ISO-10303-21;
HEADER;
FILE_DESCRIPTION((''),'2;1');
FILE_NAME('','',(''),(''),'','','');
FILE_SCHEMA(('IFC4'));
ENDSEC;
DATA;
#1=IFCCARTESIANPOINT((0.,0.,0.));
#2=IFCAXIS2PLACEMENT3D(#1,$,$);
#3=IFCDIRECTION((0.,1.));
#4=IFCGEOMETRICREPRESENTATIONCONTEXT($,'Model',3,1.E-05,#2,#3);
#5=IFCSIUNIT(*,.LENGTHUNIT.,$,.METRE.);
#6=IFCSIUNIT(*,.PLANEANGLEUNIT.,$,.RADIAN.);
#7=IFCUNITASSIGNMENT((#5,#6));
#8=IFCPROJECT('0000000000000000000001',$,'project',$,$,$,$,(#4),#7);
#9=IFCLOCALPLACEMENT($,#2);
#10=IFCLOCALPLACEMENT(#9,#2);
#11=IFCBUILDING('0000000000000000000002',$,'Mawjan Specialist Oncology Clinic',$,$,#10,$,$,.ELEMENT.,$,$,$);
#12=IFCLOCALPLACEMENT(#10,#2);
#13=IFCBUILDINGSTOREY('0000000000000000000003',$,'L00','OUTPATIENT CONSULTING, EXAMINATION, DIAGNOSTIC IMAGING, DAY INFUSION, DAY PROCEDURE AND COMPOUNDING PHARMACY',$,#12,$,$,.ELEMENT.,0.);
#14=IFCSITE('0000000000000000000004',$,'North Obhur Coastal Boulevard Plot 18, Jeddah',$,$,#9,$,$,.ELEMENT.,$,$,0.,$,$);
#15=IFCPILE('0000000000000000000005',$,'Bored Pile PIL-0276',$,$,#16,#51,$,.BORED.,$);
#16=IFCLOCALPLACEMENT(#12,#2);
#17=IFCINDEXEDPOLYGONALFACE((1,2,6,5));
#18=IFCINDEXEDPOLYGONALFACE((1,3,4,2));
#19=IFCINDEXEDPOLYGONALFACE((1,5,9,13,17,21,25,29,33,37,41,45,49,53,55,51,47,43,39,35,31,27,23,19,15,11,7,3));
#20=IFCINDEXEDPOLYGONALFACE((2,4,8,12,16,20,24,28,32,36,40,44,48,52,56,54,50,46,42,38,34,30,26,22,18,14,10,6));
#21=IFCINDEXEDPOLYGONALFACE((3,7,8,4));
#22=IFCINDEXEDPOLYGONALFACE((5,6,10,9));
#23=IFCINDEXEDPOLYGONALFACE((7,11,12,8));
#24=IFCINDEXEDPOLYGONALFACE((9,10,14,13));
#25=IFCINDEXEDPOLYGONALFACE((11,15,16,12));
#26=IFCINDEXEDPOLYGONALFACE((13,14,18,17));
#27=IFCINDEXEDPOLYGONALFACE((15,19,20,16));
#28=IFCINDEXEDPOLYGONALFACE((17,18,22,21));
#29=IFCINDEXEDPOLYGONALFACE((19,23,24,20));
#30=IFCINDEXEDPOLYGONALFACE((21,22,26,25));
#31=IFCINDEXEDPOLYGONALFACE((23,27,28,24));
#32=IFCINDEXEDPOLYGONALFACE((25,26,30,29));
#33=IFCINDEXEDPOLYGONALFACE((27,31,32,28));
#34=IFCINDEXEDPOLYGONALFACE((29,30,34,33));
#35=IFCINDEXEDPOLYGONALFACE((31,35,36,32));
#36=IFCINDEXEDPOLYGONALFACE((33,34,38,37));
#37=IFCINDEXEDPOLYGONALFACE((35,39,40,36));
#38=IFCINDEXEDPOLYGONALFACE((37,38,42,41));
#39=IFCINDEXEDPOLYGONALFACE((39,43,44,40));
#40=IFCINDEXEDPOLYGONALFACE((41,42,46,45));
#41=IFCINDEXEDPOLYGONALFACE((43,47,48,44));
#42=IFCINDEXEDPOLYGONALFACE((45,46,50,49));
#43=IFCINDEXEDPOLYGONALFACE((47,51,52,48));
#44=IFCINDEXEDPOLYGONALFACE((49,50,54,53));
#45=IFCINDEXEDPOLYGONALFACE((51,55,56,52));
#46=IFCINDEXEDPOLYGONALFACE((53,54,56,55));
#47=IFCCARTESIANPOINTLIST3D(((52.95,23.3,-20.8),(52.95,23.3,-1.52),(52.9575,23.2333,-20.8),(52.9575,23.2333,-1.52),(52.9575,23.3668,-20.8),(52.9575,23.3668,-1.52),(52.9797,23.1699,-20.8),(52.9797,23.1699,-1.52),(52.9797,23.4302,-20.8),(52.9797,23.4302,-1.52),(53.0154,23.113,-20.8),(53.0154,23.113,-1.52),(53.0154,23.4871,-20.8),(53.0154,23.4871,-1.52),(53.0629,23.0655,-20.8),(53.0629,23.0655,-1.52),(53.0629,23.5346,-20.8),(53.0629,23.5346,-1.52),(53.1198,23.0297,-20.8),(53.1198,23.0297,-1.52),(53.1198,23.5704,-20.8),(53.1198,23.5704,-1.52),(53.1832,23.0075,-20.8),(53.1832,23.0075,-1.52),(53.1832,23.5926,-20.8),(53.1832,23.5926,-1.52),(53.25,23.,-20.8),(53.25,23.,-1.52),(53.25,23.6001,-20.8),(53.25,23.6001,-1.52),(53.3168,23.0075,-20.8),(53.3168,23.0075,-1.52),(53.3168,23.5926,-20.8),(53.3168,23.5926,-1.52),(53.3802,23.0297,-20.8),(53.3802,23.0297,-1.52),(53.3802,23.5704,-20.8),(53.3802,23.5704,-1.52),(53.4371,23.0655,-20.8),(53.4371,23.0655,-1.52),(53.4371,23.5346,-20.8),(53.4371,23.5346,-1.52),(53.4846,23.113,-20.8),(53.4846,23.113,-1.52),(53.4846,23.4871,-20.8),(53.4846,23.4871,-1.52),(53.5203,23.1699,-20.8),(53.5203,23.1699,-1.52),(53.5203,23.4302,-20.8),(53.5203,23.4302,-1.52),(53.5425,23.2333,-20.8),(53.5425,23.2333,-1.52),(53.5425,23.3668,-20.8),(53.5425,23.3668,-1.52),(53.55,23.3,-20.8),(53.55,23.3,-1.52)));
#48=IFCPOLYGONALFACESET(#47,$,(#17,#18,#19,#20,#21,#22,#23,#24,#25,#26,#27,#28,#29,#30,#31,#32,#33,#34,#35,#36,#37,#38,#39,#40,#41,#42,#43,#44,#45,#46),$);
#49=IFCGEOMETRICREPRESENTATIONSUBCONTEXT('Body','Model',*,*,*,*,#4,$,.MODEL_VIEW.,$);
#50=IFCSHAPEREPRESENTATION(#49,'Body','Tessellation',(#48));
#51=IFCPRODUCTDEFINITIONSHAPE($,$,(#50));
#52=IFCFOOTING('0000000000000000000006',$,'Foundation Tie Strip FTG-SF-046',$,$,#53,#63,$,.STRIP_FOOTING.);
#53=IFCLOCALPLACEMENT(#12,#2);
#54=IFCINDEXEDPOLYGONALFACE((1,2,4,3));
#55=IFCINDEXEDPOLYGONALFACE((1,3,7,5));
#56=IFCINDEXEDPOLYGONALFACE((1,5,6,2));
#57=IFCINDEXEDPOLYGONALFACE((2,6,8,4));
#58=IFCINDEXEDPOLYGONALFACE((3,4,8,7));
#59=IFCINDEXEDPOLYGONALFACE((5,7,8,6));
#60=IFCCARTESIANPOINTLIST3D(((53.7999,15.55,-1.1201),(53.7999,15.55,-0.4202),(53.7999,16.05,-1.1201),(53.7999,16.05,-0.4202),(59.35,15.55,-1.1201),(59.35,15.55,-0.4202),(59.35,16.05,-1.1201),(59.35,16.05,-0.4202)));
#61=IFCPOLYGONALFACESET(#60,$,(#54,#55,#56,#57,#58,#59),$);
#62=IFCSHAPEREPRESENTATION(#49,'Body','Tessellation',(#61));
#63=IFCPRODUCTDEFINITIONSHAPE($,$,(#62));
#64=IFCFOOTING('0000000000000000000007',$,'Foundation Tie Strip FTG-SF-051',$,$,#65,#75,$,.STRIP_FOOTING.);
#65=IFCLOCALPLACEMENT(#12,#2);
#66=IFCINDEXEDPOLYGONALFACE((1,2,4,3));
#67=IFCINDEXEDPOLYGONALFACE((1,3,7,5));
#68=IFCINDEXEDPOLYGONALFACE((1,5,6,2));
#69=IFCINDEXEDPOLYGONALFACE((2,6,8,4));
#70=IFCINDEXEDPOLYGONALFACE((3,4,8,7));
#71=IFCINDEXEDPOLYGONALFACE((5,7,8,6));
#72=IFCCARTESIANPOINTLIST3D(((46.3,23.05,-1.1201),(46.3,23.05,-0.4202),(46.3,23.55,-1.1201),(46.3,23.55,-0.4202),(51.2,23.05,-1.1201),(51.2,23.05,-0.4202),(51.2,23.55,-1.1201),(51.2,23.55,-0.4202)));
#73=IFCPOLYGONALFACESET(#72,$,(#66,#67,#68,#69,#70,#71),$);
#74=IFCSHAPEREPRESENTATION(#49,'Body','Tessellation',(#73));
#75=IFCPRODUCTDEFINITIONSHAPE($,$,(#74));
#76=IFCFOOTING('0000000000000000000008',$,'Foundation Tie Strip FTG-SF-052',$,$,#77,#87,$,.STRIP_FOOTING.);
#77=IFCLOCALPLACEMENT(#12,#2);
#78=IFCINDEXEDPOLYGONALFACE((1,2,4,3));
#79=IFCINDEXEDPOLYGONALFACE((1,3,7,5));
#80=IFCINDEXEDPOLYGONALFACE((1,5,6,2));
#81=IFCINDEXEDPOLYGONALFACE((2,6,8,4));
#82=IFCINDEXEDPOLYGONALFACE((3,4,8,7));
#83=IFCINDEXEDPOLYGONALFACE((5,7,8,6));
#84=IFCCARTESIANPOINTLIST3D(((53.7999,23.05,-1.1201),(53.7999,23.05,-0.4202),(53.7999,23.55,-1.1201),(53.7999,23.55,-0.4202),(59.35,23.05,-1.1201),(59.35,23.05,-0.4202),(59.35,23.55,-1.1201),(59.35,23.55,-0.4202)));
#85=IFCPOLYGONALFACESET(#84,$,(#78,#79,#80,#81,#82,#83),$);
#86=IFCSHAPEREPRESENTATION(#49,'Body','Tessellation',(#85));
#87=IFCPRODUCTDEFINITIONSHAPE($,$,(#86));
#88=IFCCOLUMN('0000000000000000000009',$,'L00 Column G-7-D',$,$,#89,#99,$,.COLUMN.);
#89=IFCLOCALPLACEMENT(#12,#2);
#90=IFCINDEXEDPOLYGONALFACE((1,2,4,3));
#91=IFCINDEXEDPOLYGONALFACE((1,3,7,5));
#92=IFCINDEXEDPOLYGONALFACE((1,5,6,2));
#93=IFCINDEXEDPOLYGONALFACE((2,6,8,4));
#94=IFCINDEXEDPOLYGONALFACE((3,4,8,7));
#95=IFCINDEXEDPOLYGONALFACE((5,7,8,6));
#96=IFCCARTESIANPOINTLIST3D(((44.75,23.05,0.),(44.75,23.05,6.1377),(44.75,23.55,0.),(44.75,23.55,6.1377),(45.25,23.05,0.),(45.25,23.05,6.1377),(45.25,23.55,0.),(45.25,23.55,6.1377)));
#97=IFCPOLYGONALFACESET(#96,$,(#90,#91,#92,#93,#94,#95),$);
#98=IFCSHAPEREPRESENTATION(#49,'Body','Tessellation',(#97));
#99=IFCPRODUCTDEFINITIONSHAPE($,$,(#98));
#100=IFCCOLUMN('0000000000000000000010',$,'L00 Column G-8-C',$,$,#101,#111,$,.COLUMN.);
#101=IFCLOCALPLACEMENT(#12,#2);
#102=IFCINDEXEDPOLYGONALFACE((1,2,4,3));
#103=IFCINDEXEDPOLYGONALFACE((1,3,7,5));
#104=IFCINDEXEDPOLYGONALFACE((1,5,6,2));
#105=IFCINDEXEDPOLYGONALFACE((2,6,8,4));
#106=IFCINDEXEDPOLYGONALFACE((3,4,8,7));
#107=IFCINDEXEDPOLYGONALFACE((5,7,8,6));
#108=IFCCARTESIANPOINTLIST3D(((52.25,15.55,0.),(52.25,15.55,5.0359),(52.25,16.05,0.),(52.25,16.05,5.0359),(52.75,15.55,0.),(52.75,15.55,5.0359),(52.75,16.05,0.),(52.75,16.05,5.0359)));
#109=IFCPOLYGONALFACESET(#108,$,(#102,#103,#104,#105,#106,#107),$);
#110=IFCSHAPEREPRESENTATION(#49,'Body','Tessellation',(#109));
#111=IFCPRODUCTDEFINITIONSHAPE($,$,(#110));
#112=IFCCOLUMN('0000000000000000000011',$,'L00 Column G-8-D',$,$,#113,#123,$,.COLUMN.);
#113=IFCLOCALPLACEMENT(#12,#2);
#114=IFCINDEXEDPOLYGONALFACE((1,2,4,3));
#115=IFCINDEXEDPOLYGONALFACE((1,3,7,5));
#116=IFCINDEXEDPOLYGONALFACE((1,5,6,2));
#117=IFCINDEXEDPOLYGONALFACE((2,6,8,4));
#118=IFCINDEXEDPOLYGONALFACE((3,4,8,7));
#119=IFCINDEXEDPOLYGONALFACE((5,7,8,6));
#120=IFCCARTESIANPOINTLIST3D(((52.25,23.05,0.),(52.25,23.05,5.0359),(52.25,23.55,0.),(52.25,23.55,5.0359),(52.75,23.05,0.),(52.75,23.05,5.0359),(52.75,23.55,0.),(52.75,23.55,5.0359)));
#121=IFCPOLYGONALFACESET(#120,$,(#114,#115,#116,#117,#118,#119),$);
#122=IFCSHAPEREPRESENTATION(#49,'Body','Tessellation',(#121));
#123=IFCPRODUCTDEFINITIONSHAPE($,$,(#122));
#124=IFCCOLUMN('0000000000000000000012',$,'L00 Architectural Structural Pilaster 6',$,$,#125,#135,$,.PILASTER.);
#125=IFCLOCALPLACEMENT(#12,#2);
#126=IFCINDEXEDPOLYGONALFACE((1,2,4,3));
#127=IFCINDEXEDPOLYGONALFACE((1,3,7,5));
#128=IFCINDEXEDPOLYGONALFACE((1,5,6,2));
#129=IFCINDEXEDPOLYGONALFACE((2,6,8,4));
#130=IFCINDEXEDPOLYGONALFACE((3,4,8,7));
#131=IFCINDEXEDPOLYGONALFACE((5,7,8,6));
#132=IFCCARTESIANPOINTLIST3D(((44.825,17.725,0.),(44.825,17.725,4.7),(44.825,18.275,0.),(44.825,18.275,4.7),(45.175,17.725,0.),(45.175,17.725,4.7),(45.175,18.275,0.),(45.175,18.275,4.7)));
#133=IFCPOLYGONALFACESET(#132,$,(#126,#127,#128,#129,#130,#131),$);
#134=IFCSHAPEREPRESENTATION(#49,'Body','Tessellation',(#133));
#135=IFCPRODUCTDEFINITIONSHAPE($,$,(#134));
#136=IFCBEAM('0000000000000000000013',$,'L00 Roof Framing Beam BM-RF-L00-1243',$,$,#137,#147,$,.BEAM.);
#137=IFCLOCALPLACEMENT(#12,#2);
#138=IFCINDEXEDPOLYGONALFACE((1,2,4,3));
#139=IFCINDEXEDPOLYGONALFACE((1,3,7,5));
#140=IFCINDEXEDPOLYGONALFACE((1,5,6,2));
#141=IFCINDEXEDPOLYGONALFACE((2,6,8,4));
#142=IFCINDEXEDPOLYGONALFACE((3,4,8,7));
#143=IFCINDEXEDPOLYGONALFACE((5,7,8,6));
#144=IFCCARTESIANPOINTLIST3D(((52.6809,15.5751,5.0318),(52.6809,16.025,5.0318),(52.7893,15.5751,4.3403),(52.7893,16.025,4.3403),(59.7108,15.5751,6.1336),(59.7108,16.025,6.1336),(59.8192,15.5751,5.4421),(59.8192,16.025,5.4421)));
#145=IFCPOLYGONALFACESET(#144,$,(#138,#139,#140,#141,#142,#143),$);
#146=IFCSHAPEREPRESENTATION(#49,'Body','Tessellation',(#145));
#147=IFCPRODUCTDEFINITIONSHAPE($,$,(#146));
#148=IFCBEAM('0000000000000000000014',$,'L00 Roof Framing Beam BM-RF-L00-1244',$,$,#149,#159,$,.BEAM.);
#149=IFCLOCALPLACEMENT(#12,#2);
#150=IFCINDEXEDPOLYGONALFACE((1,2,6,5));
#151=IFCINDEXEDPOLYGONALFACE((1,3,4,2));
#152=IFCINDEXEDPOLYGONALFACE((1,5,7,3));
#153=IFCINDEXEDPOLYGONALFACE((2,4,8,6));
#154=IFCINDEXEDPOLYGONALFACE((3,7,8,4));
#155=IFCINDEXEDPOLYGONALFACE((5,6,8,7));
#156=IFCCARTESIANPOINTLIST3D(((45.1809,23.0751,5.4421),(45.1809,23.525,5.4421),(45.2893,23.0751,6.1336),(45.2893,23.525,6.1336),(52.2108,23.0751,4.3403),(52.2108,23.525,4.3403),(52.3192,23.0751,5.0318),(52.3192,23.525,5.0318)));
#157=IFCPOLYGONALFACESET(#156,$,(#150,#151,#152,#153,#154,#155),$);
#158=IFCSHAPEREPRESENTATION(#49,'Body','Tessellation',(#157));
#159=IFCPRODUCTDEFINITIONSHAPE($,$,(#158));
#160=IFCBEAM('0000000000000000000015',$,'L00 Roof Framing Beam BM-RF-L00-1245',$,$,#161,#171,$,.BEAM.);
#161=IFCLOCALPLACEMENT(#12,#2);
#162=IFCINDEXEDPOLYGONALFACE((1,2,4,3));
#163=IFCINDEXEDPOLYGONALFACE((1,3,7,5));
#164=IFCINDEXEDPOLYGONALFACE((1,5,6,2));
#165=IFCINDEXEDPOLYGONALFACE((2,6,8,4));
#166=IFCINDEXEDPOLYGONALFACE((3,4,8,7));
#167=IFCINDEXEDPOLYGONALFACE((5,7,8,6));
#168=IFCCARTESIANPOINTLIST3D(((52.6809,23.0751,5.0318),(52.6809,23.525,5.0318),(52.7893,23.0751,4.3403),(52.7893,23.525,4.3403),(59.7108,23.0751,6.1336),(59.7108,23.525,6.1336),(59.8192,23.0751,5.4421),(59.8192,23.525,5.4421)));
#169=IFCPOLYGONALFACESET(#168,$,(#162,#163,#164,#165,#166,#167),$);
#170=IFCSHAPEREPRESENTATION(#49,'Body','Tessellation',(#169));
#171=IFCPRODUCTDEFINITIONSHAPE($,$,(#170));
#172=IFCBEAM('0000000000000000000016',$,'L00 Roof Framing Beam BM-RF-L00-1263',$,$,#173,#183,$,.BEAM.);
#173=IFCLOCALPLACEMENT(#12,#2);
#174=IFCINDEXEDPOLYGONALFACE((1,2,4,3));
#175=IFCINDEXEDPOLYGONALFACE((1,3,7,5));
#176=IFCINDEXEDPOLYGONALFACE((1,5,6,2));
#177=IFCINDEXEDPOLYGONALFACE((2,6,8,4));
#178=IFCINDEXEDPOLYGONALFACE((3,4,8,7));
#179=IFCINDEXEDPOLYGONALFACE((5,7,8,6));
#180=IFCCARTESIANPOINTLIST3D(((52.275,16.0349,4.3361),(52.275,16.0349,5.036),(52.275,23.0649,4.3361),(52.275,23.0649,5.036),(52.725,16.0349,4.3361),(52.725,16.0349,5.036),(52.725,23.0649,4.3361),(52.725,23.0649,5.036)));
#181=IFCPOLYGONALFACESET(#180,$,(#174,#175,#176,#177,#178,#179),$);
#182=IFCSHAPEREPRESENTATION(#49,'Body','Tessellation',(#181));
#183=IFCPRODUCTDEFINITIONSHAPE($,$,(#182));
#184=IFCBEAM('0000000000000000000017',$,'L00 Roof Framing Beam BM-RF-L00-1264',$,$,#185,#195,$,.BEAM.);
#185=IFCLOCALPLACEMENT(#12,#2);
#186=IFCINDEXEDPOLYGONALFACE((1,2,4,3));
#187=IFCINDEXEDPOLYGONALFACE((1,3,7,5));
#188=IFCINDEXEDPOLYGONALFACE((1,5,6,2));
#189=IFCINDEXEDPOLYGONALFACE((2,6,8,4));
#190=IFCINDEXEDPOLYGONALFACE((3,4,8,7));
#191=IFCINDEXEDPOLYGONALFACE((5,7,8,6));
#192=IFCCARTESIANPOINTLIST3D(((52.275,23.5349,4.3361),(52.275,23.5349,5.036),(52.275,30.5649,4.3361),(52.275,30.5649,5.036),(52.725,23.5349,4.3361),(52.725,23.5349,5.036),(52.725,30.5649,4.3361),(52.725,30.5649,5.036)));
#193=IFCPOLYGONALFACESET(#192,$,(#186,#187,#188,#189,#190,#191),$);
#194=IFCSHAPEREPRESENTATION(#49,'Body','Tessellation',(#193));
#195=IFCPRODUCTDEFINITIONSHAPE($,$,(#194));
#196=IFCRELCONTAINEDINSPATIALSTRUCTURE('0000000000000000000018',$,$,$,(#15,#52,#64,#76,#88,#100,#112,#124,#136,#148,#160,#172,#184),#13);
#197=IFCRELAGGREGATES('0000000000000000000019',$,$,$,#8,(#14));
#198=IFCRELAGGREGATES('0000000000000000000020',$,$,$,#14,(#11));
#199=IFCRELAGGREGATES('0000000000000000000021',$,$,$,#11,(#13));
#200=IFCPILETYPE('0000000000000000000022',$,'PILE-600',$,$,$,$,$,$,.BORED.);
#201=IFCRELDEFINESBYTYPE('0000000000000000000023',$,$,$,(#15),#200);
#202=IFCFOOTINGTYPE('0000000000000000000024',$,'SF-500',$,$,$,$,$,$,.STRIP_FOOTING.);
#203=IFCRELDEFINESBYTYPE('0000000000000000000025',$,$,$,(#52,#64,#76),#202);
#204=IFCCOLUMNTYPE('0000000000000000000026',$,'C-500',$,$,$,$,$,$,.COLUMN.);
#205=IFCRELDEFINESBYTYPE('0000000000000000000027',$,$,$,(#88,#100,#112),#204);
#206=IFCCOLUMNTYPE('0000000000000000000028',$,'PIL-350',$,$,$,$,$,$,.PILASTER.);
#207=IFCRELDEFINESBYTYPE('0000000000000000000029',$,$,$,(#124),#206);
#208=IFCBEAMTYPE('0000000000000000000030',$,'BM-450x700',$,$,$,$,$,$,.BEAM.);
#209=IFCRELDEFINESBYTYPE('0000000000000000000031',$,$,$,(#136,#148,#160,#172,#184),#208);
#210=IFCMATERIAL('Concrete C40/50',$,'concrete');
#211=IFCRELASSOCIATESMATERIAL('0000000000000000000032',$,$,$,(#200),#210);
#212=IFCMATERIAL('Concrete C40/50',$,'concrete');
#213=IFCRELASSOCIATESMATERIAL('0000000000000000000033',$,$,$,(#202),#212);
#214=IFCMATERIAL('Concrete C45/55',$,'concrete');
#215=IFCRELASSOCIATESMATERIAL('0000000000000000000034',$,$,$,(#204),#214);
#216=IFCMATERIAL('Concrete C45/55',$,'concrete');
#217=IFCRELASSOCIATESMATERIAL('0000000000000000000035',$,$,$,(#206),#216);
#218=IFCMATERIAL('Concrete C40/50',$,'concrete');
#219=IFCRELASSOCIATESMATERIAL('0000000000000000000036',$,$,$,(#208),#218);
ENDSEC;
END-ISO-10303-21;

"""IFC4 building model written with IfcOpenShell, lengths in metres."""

from ifc_helpers import new_model, si_unit, direction, frame, origin, origin_2d, place, context, subcontext, project, spatial, rectangle, circle, extrude, material, material_profile, profile_set, type_object, element, save


model = new_model("IFC4")

# Units and contexts
model_context = context("Model", 3, precision=1e-05, world=origin(), true_north=direction((0.0, 1.0)))
body_context = subcontext(model_context, "Body", "Model", "MODEL_VIEW")
ifc_project = project(units=[si_unit("LENGTHUNIT", "METRE"), si_unit("PLANEANGLEUNIT", "RADIAN")], contexts=[model_context])

# Site, building, storey
site_placement = place(None, origin())
site = spatial("IfcSite", under=ifc_project, at=site_placement, Name="North Obhur Coastal Boulevard Plot 18, Jeddah", CompositionType="ELEMENT", RefElevation=0.0)
building_placement = place(site_placement, origin())
building = spatial("IfcBuilding", under=site, at=building_placement, Name="Mawjan Specialist Oncology Clinic", CompositionType="ELEMENT")
storey_placement = place(building_placement, origin())
storey = spatial("IfcBuildingStorey", under=building, at=storey_placement, Name="L00", Description="OUTPATIENT CONSULTING, EXAMINATION, DIAGNOSTIC IMAGING, DAY INFUSION, DAY PROCEDURE AND COMPOUNDING PHARMACY", CompositionType="ELEMENT", Elevation=0.0)

# Pile
ifc_material_1 = material(Name="Concrete C40/50", Category="concrete")
ifc_material_profile_1 = material_profile(ifc_material_1, circle(Radius=0.3, at=origin_2d()), Name="BORED PILE D600", Category="concrete")
ifc_profile_set_1 = profile_set([ifc_material_profile_1], Name="Concrete C40/50")
pile_type = type_object("IfcPileType", Name="PILE-600", PredefinedType="BORED", material=ifc_profile_set_1)
for number, where, z_axis, x_axis, name in (
    (1, (53.25, 23.3, -1.52), (0.0, 0.0, -1.0), (1.0, 0.0, 0.0), "Bored Pile PIL-0276"),
):
    element("IfcPile", number, at=place(storey_placement, frame(where, z_axis=z_axis, x_axis=x_axis)), inside=storey, type_object=pile_type, Name=name, PredefinedType="BORED", context=body_context, shape_type="SweptSolid", body=[
        extrude(circle(Radius=0.3, at=origin_2d()), origin(), (0.0, 0.0, 1.0), 19.28),
    ])

# Footings
ifc_material_2 = material(Name="Concrete C40/50", Category="concrete")
footing_type_1 = type_object("IfcFootingType", Name="SF-500", PredefinedType="STRIP_FOOTING", material=ifc_material_2)
footing_1_placement = place(storey_placement, frame((56.575, 15.8, -1.1201), z_axis=(0.0, 0.0, 1.0), x_axis=(1.0, 0.0, 0.0)))
element("IfcFooting", 2, at=footing_1_placement, inside=storey, type_object=footing_type_1, Name="Foundation Tie Strip FTG-SF-046", PredefinedType="STRIP_FOOTING", context=body_context, shape_type="SweptSolid", body=[
    extrude(rectangle(XDim=5.55, YDim=0.5, at=origin_2d()), origin(), (0.0, 0.0, 1.0), 0.7),
])
footing_2_placement = place(storey_placement, frame((48.75, 23.3, -1.1201), z_axis=(0.0, 0.0, 1.0), x_axis=(1.0, 0.0, 0.0)))
element("IfcFooting", 3, at=footing_2_placement, inside=storey, type_object=footing_type_1, Name="Foundation Tie Strip FTG-SF-051", PredefinedType="STRIP_FOOTING", context=body_context, shape_type="SweptSolid", body=[
    extrude(rectangle(XDim=4.8999, YDim=0.5, at=origin_2d()), origin(), (0.0, 0.0, 1.0), 0.7),
])
footing_3_placement = place(storey_placement, frame((56.575, 23.3, -1.1201), z_axis=(0.0, 0.0, 1.0), x_axis=(1.0, 0.0, 0.0)))
element("IfcFooting", 4, at=footing_3_placement, inside=storey, type_object=footing_type_1, Name="Foundation Tie Strip FTG-SF-052", PredefinedType="STRIP_FOOTING", context=body_context, shape_type="SweptSolid", body=[
    extrude(rectangle(XDim=5.55, YDim=0.5, at=origin_2d()), origin(), (0.0, 0.0, 1.0), 0.7),
])

# Columns
ifc_material_3 = material(Name="Concrete C45/55", Category="concrete")
ifc_material_profile_2 = material_profile(ifc_material_3, rectangle(XDim=0.5, YDim=0.5, at=origin_2d()), Name="RC COL 500x500", Category="concrete")
ifc_profile_set_2 = profile_set([ifc_material_profile_2], Name="Concrete C45/55")
column_type_1 = type_object("IfcColumnType", Name="C-500", PredefinedType="COLUMN", material=ifc_profile_set_2)
column_1_placement = place(storey_placement, frame((45.0, 23.3, 0.0), z_axis=(0.0, 0.0, 1.0), x_axis=(1.0, 0.0, 0.0)))
element("IfcColumn", 5, at=column_1_placement, inside=storey, type_object=column_type_1, Name="L00 Column G-7-D", PredefinedType="COLUMN", context=body_context, shape_type="SweptSolid", body=[
    extrude(rectangle(XDim=0.5, YDim=0.5, at=origin_2d()), origin(), (0.0, 0.0, 1.0), 6.1377),
])
for number, where, z_axis, x_axis, name in (
    (6, (52.5, 15.8, 0.0), (0.0, 0.0, 1.0), (1.0, 0.0, 0.0), "L00 Column G-8-C"),
    (7, (52.5, 23.3, 0.0), (0.0, 0.0, 1.0), (1.0, 0.0, 0.0), "L00 Column G-8-D"),
):
    element("IfcColumn", number, at=place(storey_placement, frame(where, z_axis=z_axis, x_axis=x_axis)), inside=storey, type_object=column_type_1, Name=name, PredefinedType="COLUMN", context=body_context, shape_type="SweptSolid", body=[
        extrude(rectangle(XDim=0.5, YDim=0.5, at=origin_2d()), origin(), (0.0, 0.0, 1.0), 5.0359),
    ])
ifc_material_4 = material(Name="Concrete C45/55", Category="concrete")
ifc_material_profile_3 = material_profile(ifc_material_4, rectangle(XDim=0.3501, YDim=0.55, at=origin_2d()), Name="RC PIL 350x550", Category="concrete")
ifc_profile_set_3 = profile_set([ifc_material_profile_3], Name="Concrete C45/55")
column_type_2 = type_object("IfcColumnType", Name="PIL-350", PredefinedType="PILASTER", material=ifc_profile_set_3)
column_2_placement = place(storey_placement, frame((45.0, 18.0, 0.0), z_axis=(0.0, 0.0, 1.0), x_axis=(1.0, 0.0, 0.0)))
element("IfcColumn", 8, at=column_2_placement, inside=storey, type_object=column_type_2, Name="L00 Architectural Structural Pilaster 6", PredefinedType="PILASTER", context=body_context, shape_type="SweptSolid", body=[
    extrude(rectangle(XDim=0.3501, YDim=0.55, at=origin_2d()), origin(), (0.0, 0.0, 1.0), 4.7),
])

# Beams
ifc_material_5 = material(Name="Concrete C40/50", Category="concrete")
ifc_material_profile_4 = material_profile(ifc_material_5, rectangle(XDim=0.45, YDim=0.7, at=origin_2d()), Name="RC BM 450x700", Category="concrete")
ifc_profile_set_4 = profile_set([ifc_material_profile_4], Name="Concrete C40/50")
beam_type = type_object("IfcBeamType", Name="BM-450x700", PredefinedType="BEAM", material=ifc_profile_set_4)
for number, where, z_axis, x_axis, name in (
    (9, (52.7351, 15.8, 4.686), (0.987939, 0.0, 0.154844), (0.0, 1.0, 0.0), "L00 Roof Framing Beam BM-RF-L00-1243"),
    (10, (45.2351, 23.3, 5.7878), (0.987939, 0.0, -0.154844), (0.0, 1.0, 0.0), "L00 Roof Framing Beam BM-RF-L00-1244"),
    (11, (52.7351, 23.3, 4.686), (0.987939, 0.0, 0.154844), (0.0, 1.0, 0.0), "L00 Roof Framing Beam BM-RF-L00-1245"),
):
    element("IfcBeam", number, at=place(storey_placement, frame(where, z_axis=z_axis, x_axis=x_axis)), inside=storey, type_object=beam_type, Name=name, PredefinedType="BEAM", context=body_context, shape_type="SweptSolid", body=[
        extrude(rectangle(XDim=0.45, YDim=0.7, at=origin_2d()), origin(), (0.0, 0.0, 1.0), 7.1157),
    ])
for number, where, z_axis, x_axis, name in (
    (12, (52.5, 16.0349, 4.686), (0.0, 1.0, 0.0), (-1.0, 0.0, 0.0), "L00 Roof Framing Beam BM-RF-L00-1263"),
    (13, (52.5, 23.5349, 4.686), (0.0, 1.0, 0.0), (-1.0, 0.0, 0.0), "L00 Roof Framing Beam BM-RF-L00-1264"),
):
    element("IfcBeam", number, at=place(storey_placement, frame(where, z_axis=z_axis, x_axis=x_axis)), inside=storey, type_object=beam_type, Name=name, PredefinedType="BEAM", context=body_context, shape_type="SweptSolid", body=[
        extrude(rectangle(XDim=0.45, YDim=0.7, at=origin_2d()), origin(), (0.0, 0.0, 1.0), 7.03),
    ])

save(model, "model.ifc")
